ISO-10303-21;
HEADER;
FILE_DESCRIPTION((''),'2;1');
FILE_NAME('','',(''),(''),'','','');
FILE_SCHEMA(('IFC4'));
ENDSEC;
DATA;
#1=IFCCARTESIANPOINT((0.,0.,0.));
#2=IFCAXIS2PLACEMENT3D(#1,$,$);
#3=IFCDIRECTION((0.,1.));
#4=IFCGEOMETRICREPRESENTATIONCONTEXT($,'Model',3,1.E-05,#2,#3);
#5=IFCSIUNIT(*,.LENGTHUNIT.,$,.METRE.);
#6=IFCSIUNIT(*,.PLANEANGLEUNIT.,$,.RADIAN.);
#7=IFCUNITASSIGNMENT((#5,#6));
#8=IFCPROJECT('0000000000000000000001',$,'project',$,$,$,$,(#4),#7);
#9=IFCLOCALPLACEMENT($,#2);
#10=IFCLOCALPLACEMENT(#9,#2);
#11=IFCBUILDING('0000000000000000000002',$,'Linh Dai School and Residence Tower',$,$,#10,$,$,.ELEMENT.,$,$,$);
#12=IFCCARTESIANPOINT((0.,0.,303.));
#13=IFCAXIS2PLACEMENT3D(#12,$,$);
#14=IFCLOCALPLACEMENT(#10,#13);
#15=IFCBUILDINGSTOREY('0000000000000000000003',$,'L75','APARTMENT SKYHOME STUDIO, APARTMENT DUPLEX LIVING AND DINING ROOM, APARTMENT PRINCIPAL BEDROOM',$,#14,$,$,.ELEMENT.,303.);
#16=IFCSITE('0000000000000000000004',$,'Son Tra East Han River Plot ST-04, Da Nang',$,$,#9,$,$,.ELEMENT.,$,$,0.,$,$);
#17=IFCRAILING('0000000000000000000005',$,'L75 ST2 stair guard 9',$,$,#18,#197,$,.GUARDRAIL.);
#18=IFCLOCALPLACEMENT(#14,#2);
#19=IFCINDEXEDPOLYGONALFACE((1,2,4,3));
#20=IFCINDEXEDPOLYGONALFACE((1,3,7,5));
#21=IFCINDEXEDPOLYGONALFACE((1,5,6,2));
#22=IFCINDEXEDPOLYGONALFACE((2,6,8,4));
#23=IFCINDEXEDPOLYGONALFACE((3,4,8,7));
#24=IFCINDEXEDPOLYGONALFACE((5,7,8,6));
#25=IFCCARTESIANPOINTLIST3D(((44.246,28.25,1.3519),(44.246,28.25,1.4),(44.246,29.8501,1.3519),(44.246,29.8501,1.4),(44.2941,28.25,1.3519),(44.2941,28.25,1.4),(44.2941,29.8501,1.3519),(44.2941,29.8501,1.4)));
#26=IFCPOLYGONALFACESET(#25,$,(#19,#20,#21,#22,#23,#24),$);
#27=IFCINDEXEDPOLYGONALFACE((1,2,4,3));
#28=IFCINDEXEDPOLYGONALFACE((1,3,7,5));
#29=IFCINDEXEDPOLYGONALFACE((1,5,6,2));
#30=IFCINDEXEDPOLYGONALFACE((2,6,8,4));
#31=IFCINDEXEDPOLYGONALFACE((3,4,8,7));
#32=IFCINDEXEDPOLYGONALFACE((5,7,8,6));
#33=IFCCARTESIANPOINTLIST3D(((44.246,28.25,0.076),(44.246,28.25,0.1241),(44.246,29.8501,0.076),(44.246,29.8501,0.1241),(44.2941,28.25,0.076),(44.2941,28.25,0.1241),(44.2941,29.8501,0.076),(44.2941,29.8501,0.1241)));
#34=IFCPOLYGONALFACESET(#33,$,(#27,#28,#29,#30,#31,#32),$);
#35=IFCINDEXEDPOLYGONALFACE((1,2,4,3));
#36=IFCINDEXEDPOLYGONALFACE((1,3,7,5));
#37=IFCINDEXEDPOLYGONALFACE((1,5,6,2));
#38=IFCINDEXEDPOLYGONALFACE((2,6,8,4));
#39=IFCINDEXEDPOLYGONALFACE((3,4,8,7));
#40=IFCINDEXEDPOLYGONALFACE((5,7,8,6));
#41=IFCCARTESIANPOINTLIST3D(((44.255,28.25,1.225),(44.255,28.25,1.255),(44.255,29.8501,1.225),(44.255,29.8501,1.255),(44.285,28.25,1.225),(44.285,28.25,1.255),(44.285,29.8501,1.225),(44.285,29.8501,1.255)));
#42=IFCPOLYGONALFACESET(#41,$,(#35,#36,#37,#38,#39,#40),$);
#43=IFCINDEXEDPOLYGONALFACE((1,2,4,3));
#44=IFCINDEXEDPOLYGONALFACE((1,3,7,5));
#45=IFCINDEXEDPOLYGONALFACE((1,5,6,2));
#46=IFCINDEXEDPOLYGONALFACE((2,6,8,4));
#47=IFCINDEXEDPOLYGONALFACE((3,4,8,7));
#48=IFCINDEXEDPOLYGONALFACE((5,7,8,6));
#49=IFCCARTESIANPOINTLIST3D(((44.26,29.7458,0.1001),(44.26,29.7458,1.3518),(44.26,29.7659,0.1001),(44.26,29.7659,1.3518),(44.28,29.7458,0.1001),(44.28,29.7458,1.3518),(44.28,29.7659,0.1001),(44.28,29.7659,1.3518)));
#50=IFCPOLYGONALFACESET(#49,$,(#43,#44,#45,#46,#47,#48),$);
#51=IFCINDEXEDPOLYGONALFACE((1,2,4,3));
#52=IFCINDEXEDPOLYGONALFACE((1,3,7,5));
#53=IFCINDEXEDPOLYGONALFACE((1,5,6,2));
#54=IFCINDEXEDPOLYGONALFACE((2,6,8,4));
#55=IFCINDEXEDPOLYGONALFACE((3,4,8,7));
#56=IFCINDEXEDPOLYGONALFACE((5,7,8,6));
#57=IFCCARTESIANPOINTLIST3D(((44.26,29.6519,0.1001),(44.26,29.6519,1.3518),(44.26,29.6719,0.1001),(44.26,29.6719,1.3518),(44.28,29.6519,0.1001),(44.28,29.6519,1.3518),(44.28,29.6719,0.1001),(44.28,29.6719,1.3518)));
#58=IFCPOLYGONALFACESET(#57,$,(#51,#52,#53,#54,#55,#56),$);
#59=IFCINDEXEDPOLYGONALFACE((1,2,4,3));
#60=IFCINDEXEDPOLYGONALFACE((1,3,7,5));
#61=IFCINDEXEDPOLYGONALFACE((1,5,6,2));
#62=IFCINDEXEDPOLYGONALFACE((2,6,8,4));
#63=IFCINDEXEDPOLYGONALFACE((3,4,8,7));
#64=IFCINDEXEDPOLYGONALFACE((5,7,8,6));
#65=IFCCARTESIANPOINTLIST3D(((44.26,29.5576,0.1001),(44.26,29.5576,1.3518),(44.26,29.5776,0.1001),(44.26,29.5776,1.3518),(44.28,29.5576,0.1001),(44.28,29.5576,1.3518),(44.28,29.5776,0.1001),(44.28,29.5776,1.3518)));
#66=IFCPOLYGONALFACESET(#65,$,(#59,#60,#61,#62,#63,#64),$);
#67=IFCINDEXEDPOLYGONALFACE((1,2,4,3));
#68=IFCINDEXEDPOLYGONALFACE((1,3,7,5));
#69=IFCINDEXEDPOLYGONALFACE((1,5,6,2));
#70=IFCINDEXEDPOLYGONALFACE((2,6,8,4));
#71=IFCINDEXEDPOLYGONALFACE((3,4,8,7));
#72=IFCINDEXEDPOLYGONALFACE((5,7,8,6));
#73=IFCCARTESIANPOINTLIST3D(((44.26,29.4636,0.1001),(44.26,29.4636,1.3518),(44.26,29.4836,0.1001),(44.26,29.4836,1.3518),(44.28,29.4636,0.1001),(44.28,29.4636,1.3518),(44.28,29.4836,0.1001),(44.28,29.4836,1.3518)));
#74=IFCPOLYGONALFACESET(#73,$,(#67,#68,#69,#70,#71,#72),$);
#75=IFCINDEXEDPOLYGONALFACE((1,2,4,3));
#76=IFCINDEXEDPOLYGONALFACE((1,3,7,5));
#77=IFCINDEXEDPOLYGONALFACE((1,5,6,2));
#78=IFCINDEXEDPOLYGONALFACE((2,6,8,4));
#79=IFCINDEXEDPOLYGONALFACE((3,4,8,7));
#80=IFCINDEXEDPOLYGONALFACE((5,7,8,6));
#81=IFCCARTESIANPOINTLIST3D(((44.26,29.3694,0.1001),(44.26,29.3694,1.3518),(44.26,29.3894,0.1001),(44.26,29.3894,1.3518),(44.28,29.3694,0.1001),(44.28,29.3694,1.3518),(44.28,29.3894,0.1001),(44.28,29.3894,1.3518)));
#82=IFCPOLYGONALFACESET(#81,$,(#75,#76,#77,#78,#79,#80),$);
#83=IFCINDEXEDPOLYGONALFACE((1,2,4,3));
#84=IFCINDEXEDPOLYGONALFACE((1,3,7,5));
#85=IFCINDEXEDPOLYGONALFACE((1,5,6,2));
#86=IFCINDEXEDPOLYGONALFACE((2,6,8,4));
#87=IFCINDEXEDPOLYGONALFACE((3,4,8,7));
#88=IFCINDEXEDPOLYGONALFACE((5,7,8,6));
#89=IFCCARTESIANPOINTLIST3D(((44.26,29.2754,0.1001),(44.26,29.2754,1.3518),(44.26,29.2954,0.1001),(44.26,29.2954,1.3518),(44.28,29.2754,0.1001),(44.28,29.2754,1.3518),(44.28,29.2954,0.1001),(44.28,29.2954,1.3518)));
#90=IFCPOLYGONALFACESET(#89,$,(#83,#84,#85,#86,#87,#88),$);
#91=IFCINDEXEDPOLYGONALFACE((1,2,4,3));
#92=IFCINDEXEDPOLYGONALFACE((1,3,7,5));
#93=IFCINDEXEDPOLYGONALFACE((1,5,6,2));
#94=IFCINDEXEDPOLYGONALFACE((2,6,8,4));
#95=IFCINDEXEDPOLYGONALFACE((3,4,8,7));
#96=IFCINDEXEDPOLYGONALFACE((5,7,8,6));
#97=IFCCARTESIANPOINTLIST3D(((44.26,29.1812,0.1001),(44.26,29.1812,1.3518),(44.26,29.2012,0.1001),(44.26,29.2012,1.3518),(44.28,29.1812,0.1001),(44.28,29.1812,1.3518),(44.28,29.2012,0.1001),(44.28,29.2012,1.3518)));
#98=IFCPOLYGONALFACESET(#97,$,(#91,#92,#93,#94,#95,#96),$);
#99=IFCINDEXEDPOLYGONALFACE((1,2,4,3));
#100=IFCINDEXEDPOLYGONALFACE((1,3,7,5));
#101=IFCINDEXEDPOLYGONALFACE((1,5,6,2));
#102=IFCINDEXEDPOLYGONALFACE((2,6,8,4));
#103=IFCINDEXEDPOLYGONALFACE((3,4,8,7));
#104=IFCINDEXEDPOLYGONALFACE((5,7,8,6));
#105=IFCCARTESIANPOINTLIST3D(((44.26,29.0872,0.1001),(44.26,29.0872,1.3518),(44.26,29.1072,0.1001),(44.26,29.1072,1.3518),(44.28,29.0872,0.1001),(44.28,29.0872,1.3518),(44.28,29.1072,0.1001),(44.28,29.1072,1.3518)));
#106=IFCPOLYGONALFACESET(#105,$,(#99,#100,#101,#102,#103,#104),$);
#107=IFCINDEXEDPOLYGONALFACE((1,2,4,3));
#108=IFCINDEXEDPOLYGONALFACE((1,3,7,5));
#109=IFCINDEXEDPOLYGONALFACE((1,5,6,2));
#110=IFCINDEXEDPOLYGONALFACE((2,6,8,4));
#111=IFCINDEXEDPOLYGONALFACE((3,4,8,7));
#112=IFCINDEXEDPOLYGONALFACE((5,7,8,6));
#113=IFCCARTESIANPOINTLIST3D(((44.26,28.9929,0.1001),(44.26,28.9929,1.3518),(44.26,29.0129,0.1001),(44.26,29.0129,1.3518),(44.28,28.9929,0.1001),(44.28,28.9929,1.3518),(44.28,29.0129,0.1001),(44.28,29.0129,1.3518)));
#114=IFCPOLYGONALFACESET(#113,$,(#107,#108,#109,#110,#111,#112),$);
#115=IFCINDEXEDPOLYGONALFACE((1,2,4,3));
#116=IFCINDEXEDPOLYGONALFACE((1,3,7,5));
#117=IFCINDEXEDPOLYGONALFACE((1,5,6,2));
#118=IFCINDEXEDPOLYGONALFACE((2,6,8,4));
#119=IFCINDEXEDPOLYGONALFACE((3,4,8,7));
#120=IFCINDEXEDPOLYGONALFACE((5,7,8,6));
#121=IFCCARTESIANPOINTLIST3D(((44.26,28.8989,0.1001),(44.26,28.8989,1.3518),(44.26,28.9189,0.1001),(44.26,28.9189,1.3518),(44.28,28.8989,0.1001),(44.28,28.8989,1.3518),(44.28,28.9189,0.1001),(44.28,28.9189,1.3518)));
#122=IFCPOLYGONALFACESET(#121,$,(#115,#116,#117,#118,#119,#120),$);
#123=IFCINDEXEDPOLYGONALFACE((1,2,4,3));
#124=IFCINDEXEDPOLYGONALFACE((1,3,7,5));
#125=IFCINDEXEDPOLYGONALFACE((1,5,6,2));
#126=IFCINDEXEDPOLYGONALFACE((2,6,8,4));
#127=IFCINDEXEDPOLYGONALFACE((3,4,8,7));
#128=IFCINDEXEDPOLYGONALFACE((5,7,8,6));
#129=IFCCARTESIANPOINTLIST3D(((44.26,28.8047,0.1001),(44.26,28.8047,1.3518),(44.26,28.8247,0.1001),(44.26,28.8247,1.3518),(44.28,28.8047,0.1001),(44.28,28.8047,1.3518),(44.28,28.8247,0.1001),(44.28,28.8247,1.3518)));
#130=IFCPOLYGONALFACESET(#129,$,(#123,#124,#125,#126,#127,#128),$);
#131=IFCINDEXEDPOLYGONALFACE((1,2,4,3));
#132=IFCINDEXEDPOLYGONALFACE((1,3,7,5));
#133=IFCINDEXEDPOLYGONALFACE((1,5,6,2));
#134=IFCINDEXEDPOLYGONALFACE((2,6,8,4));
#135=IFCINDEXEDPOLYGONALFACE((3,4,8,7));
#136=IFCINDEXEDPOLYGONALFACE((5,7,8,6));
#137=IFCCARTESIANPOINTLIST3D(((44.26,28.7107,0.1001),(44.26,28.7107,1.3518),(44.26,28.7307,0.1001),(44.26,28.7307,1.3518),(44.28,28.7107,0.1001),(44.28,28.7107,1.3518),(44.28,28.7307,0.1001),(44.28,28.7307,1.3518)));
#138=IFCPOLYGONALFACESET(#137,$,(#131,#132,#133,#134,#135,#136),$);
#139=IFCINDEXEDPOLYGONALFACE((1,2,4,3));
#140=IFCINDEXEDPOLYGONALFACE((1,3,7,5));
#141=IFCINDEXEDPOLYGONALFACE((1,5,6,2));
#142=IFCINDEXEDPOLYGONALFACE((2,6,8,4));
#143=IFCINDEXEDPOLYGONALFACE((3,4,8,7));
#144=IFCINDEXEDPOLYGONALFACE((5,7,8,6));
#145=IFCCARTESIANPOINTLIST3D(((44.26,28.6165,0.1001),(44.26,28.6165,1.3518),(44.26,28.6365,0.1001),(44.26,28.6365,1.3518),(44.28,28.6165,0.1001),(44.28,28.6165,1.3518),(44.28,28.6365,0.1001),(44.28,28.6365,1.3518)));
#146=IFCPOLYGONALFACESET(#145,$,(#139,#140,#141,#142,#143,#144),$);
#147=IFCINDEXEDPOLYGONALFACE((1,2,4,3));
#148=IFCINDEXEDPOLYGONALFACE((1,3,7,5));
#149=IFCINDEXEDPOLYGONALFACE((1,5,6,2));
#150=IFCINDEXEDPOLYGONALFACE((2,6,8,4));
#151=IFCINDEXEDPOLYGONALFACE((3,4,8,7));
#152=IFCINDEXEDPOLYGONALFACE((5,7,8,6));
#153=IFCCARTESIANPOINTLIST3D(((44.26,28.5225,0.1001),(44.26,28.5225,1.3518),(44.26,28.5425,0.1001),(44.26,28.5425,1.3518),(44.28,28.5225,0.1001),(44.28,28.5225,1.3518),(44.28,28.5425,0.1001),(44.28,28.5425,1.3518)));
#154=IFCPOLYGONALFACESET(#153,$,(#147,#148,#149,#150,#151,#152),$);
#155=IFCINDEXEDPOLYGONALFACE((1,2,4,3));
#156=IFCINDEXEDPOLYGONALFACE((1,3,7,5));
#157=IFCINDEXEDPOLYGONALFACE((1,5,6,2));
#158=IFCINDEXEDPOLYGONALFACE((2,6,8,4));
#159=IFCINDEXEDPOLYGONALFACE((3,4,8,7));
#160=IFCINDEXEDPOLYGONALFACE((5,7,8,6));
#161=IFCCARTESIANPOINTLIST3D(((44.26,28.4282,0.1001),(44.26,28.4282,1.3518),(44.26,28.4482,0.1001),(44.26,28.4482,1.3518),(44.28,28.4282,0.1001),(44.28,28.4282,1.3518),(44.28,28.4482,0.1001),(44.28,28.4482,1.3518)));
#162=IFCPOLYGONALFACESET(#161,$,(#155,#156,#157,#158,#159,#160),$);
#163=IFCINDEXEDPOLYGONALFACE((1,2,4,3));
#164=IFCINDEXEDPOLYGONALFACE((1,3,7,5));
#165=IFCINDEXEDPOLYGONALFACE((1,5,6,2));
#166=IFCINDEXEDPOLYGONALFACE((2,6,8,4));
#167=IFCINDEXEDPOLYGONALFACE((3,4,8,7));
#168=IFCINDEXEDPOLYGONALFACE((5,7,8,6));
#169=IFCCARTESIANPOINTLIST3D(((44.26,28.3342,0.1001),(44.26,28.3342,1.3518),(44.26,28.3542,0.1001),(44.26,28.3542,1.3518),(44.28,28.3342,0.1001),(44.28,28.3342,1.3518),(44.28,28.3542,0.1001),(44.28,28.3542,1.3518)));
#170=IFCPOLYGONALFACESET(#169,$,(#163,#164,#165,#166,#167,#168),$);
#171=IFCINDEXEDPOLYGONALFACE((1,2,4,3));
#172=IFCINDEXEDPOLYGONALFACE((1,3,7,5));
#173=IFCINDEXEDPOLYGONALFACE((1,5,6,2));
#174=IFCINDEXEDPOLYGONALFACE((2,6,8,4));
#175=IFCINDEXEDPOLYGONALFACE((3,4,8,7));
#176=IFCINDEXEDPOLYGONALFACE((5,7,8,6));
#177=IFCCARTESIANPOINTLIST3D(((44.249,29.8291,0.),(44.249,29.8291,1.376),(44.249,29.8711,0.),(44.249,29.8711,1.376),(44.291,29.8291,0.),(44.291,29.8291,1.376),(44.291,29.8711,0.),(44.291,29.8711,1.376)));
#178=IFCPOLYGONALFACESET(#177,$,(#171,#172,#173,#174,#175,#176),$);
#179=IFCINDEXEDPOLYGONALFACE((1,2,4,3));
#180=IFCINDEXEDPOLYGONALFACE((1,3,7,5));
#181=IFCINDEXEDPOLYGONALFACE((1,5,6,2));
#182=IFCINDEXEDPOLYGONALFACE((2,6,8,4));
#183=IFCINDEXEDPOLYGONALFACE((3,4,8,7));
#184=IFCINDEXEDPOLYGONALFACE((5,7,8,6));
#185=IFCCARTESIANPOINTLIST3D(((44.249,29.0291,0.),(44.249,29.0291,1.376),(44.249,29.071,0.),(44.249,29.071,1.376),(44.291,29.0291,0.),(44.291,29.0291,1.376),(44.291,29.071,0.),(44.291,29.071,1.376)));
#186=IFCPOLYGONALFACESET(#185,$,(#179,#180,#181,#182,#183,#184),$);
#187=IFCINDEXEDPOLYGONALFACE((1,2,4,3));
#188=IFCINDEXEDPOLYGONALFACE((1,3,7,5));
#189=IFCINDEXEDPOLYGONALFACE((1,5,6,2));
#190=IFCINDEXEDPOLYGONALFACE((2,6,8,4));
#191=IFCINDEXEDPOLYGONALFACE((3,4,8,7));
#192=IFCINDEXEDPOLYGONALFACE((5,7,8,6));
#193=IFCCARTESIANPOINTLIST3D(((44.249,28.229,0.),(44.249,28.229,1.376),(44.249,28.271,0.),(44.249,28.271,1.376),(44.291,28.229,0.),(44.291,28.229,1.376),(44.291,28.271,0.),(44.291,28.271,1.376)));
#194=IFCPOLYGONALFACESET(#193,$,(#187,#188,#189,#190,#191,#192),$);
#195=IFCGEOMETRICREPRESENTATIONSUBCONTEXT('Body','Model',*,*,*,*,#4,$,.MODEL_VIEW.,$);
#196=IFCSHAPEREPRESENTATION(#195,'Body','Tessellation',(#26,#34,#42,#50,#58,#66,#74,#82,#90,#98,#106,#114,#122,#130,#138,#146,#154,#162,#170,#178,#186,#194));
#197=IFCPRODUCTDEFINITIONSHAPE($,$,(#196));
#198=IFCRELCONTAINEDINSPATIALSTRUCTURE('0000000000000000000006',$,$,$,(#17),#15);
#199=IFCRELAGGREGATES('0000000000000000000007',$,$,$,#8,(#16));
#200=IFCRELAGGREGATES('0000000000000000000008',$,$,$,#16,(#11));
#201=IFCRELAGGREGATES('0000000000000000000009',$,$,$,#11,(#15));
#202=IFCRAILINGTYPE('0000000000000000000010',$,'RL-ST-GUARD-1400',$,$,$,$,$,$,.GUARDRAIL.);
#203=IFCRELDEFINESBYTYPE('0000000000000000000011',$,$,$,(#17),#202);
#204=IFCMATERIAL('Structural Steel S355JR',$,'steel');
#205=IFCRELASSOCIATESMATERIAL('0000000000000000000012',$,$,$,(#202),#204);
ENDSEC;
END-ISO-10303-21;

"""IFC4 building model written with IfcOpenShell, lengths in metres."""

from ifc_helpers import new_model, si_unit, direction, frame, origin, origin_2d, place, context, subcontext, project, spatial, rectangle, extrude, source, transform, mapped, material, type_object, element, save


model = new_model("IFC4")

# Units and contexts
model_context = context("Model", 3, precision=1e-05, world=origin(), true_north=direction((0.0, 1.0)))
body_context = subcontext(model_context, "Body", "Model", "MODEL_VIEW")
ifc_project = project(units=[si_unit("LENGTHUNIT", "METRE"), si_unit("PLANEANGLEUNIT", "RADIAN")], contexts=[model_context])

# Site, building, storey
site_placement = place(None, origin())
site = spatial("IfcSite", under=ifc_project, at=site_placement, Name="Son Tra East Han River Plot ST-04, Da Nang", CompositionType="ELEMENT", RefElevation=0.0)
building_placement = place(site_placement, origin())
building = spatial("IfcBuilding", under=site, at=building_placement, Name="Linh Dai School and Residence Tower", CompositionType="ELEMENT")
storey_placement = place(building_placement, frame((0.0, 0.0, 303.0)))
storey = spatial("IfcBuildingStorey", under=building, at=storey_placement, Name="L75", Description="APARTMENT SKYHOME STUDIO, APARTMENT DUPLEX LIVING AND DINING ROOM, APARTMENT PRINCIPAL BEDROOM", CompositionType="ELEMENT", Elevation=303.0)

# Shared definitions
ifc_material_1 = material(Name="Structural Steel S355JR", Category="steel")

# Railing
railing_type_1 = type_object("IfcRailingType", Name="RL-ST-GUARD-1400", PredefinedType="GUARDRAIL", material=ifc_material_1)
shared_shape_1 = source(origin(), body_context, "Body", "SweptSolid", [
    extrude(rectangle(XDim=0.0481, YDim=0.0481, at=origin_2d()), frame((0.0, 0.0, 1.376), z_axis=(0.0, -1.0, 0.0), x_axis=(1.0, 0.0, 0.0)), (0.0, 0.0, 1.0), 1.6001),
    extrude(rectangle(XDim=0.0481, YDim=0.0481, at=origin_2d()), frame((0.0, 0.0, 0.1001), z_axis=(0.0, -1.0, 0.0), x_axis=(1.0, 0.0, 0.0)), (0.0, 0.0, 1.0), 1.6001),
    extrude(rectangle(XDim=0.03, YDim=0.03, at=origin_2d()), frame((0.0, 0.0, 1.24), z_axis=(0.0, -1.0, 0.0), x_axis=(1.0, 0.0, 0.0)), (0.0, 0.0, 1.0), 1.6001),
    extrude(rectangle(XDim=0.02, YDim=0.02, at=origin_2d()), frame((0.0, -0.0942, 0.1001)), (0.0, 0.0, 1.0), 1.2517),
    extrude(rectangle(XDim=0.02, YDim=0.02, at=origin_2d()), frame((0.0, -0.1882, 0.1001)), (0.0, 0.0, 1.0), 1.2517),
    extrude(rectangle(XDim=0.02, YDim=0.02, at=origin_2d()), frame((0.0, -0.2825, 0.1001)), (0.0, 0.0, 1.0), 1.2517),
    extrude(rectangle(XDim=0.02, YDim=0.02, at=origin_2d()), frame((0.0, -0.3765, 0.1001)), (0.0, 0.0, 1.0), 1.2517),
    extrude(rectangle(XDim=0.02, YDim=0.02, at=origin_2d()), frame((0.0, -0.4707, 0.1001)), (0.0, 0.0, 1.0), 1.2517),
    extrude(rectangle(XDim=0.02, YDim=0.02, at=origin_2d()), frame((0.0, -0.5647, 0.1001)), (0.0, 0.0, 1.0), 1.2517),
    extrude(rectangle(XDim=0.02, YDim=0.02, at=origin_2d()), frame((0.0, -0.6589, 0.1001)), (0.0, 0.0, 1.0), 1.2517),
    extrude(rectangle(XDim=0.02, YDim=0.02, at=origin_2d()), frame((0.0, -0.7529, 0.1001)), (0.0, 0.0, 1.0), 1.2517),
    extrude(rectangle(XDim=0.02, YDim=0.02, at=origin_2d()), frame((0.0, -0.8472, 0.1001)), (0.0, 0.0, 1.0), 1.2517),
    extrude(rectangle(XDim=0.02, YDim=0.02, at=origin_2d()), frame((0.0, -0.9412, 0.1001)), (0.0, 0.0, 1.0), 1.2517),
    extrude(rectangle(XDim=0.02, YDim=0.02, at=origin_2d()), frame((0.0, -1.0354, 0.1001)), (0.0, 0.0, 1.0), 1.2517),
    extrude(rectangle(XDim=0.02, YDim=0.02, at=origin_2d()), frame((0.0, -1.1294, 0.1001)), (0.0, 0.0, 1.0), 1.2517),
    extrude(rectangle(XDim=0.02, YDim=0.02, at=origin_2d()), frame((0.0, -1.2236, 0.1001)), (0.0, 0.0, 1.0), 1.2517),
    extrude(rectangle(XDim=0.02, YDim=0.02, at=origin_2d()), frame((0.0, -1.3176, 0.1001)), (0.0, 0.0, 1.0), 1.2517),
    extrude(rectangle(XDim=0.02, YDim=0.02, at=origin_2d()), frame((0.0, -1.4119, 0.1001)), (0.0, 0.0, 1.0), 1.2517),
    extrude(rectangle(XDim=0.02, YDim=0.02, at=origin_2d()), frame((0.0, -1.5059, 0.1001)), (0.0, 0.0, 1.0), 1.2517),
    extrude(rectangle(XDim=0.042, YDim=0.042, at=origin_2d()), origin(), (0.0, 0.0, 1.0), 1.376),
    extrude(rectangle(XDim=0.042, YDim=0.042, at=origin_2d()), frame((0.0, -0.8, 0.0)), (0.0, 0.0, 1.0), 1.376),
    extrude(rectangle(XDim=0.042, YDim=0.042, at=origin_2d()), frame((0.0, -1.6001, 0.0)), (0.0, 0.0, 1.0), 1.376),
])
for number, where, name in (
    (1, (44.27, 29.8501, 0.0), "L75 ST2 stair guard 9"),
):
    element("IfcRailing", number, at=place(storey_placement, frame(where)), inside=storey, type_object=railing_type_1, Name=name, PredefinedType="GUARDRAIL", context=body_context, shape_type="MappedRepresentation", body=[
        mapped(shared_shape_1, transform((0.0, 0.0, 0.0), x_axis=(1.0, 0.0, 0.0), y_axis=(0.0, 1.0, 0.0), z_axis=(0.0, 0.0, 1.0), scale=1.0)),
    ])

save(model, "model.ifc")
